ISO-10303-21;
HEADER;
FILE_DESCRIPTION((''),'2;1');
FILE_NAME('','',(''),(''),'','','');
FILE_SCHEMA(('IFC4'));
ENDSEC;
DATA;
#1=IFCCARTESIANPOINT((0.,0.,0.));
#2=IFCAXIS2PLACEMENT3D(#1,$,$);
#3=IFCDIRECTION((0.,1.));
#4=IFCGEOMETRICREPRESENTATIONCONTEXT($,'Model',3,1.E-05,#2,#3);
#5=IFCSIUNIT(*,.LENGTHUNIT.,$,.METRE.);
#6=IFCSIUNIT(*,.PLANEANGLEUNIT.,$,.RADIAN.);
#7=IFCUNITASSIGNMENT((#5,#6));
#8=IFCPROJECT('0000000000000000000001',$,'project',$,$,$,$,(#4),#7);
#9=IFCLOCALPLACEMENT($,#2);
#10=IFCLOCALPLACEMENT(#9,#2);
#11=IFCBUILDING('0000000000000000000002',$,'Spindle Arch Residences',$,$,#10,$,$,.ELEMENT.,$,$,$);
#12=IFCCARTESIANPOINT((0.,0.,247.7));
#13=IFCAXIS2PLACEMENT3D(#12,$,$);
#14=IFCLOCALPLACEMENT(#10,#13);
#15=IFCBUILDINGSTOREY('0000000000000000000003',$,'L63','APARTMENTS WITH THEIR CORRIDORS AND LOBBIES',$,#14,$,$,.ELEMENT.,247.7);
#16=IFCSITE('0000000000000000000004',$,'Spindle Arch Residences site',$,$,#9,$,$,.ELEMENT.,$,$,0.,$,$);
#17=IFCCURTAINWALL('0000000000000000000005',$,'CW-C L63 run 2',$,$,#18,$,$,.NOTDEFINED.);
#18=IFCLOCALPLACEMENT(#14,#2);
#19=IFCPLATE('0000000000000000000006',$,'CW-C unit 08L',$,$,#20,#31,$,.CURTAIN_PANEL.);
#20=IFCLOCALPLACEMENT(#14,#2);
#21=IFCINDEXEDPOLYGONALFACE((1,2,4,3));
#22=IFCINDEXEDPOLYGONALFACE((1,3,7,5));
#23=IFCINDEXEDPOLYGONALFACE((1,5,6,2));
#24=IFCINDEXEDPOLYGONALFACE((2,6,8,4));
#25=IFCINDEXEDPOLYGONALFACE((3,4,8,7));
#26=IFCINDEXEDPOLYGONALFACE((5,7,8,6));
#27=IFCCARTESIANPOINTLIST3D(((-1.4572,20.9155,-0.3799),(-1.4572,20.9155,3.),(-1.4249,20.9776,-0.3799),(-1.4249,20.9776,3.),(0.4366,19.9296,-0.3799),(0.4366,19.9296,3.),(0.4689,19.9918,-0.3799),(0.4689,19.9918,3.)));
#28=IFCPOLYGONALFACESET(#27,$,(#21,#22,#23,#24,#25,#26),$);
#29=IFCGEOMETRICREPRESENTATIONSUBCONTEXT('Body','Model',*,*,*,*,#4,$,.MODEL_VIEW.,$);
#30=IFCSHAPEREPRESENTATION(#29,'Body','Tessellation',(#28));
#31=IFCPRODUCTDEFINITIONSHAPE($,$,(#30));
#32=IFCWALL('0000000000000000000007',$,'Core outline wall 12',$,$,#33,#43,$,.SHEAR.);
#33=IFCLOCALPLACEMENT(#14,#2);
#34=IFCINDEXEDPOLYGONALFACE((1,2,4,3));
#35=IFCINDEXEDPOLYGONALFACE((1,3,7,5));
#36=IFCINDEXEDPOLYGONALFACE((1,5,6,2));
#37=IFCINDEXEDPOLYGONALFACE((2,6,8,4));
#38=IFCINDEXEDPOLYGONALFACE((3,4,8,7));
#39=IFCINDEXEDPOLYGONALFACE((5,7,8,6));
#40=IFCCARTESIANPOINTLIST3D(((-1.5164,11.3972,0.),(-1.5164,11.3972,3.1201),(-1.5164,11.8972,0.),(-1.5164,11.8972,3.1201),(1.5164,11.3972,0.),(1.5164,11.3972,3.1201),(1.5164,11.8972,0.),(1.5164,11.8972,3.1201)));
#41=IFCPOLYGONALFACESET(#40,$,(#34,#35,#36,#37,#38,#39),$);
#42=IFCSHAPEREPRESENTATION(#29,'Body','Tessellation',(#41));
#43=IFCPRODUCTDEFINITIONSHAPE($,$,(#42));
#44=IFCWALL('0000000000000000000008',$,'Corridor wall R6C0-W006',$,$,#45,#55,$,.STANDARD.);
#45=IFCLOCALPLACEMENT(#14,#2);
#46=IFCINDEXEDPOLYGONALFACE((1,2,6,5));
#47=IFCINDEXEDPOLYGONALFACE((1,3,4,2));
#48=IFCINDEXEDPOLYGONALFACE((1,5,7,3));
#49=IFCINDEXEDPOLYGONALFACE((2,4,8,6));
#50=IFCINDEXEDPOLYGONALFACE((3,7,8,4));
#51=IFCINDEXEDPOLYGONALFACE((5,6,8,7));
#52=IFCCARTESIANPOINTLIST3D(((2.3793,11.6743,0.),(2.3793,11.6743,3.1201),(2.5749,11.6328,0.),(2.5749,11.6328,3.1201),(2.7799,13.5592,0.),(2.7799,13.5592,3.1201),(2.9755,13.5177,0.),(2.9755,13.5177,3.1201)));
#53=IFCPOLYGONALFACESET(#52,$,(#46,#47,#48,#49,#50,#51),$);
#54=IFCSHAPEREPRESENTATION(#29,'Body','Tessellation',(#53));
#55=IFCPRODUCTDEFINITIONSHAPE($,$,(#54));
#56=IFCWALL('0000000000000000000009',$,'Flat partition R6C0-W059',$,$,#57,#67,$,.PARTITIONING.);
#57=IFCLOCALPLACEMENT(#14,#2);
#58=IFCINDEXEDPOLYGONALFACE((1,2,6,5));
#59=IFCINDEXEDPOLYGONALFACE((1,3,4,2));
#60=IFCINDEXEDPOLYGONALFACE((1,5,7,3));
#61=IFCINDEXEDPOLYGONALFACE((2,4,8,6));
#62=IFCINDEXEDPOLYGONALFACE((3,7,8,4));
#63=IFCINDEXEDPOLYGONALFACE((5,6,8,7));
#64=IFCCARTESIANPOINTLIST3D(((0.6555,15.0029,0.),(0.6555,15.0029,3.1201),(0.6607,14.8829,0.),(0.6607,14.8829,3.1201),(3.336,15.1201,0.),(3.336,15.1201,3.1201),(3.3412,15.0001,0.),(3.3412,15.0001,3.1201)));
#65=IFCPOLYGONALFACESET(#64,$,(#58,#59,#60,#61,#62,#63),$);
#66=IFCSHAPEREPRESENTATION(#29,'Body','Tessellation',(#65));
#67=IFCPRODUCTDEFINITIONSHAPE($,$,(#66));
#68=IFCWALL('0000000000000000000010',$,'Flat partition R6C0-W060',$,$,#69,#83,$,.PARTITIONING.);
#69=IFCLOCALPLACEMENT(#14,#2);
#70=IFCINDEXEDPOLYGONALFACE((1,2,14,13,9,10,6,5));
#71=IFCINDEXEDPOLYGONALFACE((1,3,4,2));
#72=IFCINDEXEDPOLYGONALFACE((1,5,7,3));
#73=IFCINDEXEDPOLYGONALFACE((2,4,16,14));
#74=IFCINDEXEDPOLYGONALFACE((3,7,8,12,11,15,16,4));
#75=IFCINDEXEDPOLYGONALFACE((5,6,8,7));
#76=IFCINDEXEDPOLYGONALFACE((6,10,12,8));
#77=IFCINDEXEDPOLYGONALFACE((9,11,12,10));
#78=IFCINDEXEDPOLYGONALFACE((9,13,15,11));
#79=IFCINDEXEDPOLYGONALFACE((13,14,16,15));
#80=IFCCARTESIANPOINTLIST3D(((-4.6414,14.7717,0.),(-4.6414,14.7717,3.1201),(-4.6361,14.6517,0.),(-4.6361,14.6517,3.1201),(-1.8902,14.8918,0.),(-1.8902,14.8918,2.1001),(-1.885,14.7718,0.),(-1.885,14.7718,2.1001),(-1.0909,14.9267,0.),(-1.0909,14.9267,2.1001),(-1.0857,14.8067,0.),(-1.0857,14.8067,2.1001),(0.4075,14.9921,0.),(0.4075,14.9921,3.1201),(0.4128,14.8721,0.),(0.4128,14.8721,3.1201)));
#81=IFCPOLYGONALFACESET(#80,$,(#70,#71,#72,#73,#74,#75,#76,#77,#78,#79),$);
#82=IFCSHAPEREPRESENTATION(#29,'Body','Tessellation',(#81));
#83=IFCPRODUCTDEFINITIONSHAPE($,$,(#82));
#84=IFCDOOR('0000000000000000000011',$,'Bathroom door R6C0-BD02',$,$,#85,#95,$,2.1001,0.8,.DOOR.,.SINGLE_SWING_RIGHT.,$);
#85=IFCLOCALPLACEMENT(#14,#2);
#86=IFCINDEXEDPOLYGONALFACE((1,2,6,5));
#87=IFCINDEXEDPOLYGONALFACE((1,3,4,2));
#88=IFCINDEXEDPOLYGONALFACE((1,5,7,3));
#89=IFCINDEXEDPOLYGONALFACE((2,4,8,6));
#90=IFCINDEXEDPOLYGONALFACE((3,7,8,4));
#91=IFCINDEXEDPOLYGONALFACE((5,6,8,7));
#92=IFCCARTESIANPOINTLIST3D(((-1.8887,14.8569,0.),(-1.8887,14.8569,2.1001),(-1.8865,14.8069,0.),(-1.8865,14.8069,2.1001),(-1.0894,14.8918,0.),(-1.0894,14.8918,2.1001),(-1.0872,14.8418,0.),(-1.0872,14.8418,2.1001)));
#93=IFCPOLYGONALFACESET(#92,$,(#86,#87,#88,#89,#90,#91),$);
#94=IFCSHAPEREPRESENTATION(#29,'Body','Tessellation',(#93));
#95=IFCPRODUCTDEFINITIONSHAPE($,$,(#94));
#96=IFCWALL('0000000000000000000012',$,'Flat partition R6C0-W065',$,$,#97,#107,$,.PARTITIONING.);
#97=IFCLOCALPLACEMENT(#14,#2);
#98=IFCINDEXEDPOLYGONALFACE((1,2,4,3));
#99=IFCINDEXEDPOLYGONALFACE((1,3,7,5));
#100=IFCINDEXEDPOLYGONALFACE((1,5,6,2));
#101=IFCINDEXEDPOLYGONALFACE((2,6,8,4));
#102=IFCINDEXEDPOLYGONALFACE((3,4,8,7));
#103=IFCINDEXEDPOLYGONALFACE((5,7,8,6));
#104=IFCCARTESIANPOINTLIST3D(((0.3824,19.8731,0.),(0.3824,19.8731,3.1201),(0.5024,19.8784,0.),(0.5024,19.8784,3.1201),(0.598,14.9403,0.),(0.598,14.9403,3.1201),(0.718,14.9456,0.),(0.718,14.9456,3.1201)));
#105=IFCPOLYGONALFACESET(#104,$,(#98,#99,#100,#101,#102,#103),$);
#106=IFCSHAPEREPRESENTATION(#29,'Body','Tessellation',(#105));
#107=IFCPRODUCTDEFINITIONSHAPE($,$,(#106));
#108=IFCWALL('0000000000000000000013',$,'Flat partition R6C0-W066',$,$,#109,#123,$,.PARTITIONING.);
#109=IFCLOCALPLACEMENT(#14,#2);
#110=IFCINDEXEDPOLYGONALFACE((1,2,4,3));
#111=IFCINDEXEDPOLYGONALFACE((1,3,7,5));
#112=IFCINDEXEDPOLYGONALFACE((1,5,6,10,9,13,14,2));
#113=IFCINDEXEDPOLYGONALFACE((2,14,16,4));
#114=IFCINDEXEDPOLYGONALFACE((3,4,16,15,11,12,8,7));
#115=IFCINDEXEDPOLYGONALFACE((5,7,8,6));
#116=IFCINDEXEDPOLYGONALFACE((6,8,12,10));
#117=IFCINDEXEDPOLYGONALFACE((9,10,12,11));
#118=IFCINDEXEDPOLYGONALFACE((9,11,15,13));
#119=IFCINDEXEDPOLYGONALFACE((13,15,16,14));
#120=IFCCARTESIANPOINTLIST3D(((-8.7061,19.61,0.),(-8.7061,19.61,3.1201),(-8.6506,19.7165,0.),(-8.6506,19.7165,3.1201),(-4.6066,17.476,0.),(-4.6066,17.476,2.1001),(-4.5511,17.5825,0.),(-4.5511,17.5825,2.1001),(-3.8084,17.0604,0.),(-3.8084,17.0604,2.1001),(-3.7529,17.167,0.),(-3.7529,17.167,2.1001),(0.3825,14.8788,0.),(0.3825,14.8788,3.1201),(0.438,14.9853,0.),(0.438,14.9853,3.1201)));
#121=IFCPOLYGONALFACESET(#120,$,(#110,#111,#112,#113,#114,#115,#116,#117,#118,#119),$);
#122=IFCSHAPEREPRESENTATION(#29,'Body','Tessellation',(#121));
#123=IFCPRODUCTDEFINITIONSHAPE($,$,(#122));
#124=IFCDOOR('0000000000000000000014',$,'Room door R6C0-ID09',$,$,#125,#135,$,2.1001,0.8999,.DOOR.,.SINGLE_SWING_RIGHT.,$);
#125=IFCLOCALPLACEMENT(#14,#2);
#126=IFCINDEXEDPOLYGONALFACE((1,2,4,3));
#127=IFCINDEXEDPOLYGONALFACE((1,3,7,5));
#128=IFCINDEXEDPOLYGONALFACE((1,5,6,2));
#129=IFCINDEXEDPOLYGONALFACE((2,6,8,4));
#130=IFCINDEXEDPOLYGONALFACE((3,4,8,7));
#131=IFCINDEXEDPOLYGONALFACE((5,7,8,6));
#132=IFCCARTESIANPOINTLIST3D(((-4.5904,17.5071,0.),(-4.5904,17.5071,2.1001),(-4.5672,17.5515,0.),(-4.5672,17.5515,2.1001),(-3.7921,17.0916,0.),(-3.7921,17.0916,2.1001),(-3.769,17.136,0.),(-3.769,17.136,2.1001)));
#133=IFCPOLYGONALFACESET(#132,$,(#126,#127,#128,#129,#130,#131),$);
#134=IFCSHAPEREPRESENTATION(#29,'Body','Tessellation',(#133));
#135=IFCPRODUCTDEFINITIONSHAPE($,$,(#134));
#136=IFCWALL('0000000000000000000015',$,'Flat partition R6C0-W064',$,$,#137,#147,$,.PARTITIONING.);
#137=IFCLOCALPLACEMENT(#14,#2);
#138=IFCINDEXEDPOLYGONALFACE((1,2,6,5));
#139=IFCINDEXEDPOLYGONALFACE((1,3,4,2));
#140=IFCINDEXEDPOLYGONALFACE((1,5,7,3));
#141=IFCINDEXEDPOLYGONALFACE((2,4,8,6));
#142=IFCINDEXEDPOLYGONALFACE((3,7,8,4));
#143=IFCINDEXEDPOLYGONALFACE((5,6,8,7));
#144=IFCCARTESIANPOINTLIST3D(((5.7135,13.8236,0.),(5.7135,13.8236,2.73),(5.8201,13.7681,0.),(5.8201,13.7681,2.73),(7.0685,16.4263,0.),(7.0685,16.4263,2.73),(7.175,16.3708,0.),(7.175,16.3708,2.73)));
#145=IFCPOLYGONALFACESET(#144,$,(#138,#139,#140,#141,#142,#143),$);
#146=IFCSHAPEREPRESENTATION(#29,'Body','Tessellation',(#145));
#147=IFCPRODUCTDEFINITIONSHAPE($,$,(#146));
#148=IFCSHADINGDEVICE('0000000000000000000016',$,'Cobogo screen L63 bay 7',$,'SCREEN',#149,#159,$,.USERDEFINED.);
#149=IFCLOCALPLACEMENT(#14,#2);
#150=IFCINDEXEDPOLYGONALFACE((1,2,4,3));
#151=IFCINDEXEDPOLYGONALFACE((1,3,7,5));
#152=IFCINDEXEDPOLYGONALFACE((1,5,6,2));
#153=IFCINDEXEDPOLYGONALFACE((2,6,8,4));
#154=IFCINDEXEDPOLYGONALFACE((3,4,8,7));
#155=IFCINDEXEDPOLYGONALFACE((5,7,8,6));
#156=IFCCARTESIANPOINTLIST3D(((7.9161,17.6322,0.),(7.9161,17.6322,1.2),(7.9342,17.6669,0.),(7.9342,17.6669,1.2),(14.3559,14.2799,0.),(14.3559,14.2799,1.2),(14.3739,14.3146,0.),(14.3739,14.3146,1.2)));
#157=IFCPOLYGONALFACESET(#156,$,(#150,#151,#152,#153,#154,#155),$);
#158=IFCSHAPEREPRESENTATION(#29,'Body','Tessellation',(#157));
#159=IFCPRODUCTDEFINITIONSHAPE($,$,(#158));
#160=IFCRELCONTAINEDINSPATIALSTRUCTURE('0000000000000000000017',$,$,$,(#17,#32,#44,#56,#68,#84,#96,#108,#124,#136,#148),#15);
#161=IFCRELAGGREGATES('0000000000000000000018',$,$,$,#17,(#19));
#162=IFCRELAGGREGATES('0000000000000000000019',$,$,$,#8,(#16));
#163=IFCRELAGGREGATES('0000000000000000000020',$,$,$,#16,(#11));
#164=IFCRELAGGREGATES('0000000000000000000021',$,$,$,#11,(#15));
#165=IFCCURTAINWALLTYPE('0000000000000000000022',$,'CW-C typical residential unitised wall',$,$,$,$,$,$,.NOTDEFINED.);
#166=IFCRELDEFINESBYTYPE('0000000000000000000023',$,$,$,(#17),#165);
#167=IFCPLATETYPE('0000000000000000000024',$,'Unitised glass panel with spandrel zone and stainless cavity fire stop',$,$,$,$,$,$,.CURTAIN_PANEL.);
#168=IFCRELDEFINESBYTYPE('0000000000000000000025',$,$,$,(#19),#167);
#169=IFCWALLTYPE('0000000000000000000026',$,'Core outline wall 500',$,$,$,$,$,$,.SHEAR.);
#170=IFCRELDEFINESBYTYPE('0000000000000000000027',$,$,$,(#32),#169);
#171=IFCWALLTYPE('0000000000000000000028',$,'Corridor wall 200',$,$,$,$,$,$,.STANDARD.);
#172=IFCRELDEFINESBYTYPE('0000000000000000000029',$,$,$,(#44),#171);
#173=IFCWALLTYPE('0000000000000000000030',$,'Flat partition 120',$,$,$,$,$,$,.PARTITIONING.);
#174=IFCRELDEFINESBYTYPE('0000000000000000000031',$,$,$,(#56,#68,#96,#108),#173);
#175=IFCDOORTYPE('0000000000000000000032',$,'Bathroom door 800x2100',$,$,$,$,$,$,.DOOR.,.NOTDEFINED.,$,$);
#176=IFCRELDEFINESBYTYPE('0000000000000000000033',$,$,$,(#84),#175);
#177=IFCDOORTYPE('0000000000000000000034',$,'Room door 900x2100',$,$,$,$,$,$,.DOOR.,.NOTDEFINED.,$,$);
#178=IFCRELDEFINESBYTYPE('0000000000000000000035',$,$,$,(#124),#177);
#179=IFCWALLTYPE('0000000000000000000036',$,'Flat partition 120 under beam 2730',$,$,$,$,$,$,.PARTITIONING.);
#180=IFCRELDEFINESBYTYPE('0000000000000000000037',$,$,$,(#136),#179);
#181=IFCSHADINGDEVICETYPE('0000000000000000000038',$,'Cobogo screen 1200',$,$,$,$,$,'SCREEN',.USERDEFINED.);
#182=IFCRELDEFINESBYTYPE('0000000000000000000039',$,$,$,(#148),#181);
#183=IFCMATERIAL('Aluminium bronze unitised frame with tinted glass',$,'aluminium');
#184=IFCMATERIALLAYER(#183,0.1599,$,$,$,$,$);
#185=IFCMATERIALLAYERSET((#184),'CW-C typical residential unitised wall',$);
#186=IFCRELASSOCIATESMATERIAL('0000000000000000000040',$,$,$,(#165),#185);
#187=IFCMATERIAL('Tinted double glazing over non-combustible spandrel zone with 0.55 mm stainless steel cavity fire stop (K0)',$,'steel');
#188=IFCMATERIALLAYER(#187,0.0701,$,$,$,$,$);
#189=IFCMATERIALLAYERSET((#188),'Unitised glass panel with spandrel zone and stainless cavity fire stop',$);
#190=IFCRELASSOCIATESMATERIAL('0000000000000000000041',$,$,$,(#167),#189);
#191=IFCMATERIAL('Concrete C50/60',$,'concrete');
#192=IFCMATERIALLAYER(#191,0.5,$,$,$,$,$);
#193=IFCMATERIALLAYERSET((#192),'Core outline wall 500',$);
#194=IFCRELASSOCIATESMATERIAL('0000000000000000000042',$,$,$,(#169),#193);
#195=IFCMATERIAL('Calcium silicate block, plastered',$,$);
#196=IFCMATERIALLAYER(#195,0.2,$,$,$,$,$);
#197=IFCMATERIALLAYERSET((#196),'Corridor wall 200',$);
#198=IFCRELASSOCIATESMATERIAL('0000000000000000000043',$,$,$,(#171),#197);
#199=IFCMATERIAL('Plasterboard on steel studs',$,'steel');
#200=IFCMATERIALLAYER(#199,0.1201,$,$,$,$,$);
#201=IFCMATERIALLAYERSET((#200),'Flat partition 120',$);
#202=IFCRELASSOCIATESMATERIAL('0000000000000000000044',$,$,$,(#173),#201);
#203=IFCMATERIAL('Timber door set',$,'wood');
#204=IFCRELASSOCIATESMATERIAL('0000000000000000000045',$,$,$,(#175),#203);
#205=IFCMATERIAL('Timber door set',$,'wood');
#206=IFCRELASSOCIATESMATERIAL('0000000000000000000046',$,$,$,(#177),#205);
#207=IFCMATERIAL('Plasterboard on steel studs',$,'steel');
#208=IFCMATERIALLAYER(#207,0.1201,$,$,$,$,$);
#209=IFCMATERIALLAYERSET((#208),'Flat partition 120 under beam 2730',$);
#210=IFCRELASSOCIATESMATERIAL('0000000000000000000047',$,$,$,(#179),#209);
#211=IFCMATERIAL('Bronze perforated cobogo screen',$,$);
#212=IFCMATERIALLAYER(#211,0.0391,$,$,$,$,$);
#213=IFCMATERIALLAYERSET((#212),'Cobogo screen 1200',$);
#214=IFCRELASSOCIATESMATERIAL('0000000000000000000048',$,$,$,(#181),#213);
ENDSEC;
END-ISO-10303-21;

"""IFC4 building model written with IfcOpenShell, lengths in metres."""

from ifc_helpers import new_model, si_unit, direction, frame, frame_2d, origin, origin_2d, place, context, subcontext, project, spatial, rectangle, extrude, material, layer, layer_set, type_object, element, fill, aggregate, save


model = new_model("IFC4")

# Units and contexts
model_context = context("Model", 3, precision=1e-05, world=origin(), true_north=direction((0.0, 1.0)))
body_context = subcontext(model_context, "Body", "Model", "MODEL_VIEW")
ifc_project = project(units=[si_unit("LENGTHUNIT", "METRE"), si_unit("PLANEANGLEUNIT", "RADIAN")], contexts=[model_context])

# Site, building, storey
site_placement = place(None, origin())
site = spatial("IfcSite", under=ifc_project, at=site_placement, Name="Spindle Arch Residences site", CompositionType="ELEMENT", RefElevation=0.0)
building_placement = place(site_placement, origin())
building = spatial("IfcBuilding", under=site, at=building_placement, Name="Spindle Arch Residences", CompositionType="ELEMENT")
storey_placement = place(building_placement, frame((0.0, 0.0, 247.7)))
storey = spatial("IfcBuildingStorey", under=building, at=storey_placement, Name="L63", Description="APARTMENTS WITH THEIR CORRIDORS AND LOBBIES", CompositionType="ELEMENT", Elevation=247.7)

# Curtain wall
ifc_material_1 = material(Name="Aluminium bronze unitised frame with tinted glass", Category="aluminium")
ifc_layer_1 = layer(ifc_material_1, 0.1599)
ifc_layer_set_1 = layer_set([ifc_layer_1], Name="CW-C typical residential unitised wall")
curtain_wall_type = type_object("IfcCurtainWallType", Name="CW-C typical residential unitised wall", PredefinedType="NOTDEFINED", material=ifc_layer_set_1)
curtain_wall_placement = place(storey_placement, origin())
curtain_wall = element("IfcCurtainWall", 1, at=curtain_wall_placement, inside=storey, type_object=curtain_wall_type, Name="CW-C L63 run 2", PredefinedType="NOTDEFINED")

# Plate
ifc_material_2 = material(Name="Tinted double glazing over non-combustible spandrel zone with 0.55 mm stainless steel cavity fire stop (K0)", Category="steel")
ifc_layer_2 = layer(ifc_material_2, 0.0701)
ifc_layer_set_2 = layer_set([ifc_layer_2], Name="Unitised glass panel with spandrel zone and stainless cavity fire stop")
plate_type = type_object("IfcPlateType", Name="Unitised glass panel with spandrel zone and stainless cavity fire stop", PredefinedType="CURTAIN_PANEL", material=ifc_layer_set_2)
plate_1_placement = place(storey_placement, frame((-0.4941, 20.4536, -0.3799), z_axis=(0.0, 0.0, 1.0), x_axis=(-0.887011, 0.461749, 0.0)))
plate_1 = element("IfcPlate", 2, at=plate_1_placement, type_object=plate_type, Name="CW-C unit 08L", PredefinedType="CURTAIN_PANEL", context=body_context, shape_type="SweptSolid", body=[
    extrude(rectangle(XDim=2.135, YDim=0.0701, at=origin_2d()), origin(), (0.0, 0.0, 1.0), 3.3799),
])
aggregate(curtain_wall, [plate_1])

# Walls
ifc_material_3 = material(Name="Concrete C50/60", Category="concrete")
ifc_layer_3 = layer(ifc_material_3, 0.5)
ifc_layer_set_3 = layer_set([ifc_layer_3], Name="Core outline wall 500")
wall_type_1 = type_object("IfcWallType", Name="Core outline wall 500", PredefinedType="SHEAR", material=ifc_layer_set_3)
wall_1_placement = place(storey_placement, frame((1.5164, 11.6472, 0.0), z_axis=(0.0, 0.0, 1.0), x_axis=(-1.0, 0.0, 0.0)))
element("IfcWall", 3, at=wall_1_placement, inside=storey, type_object=wall_type_1, Name="Core outline wall 12", PredefinedType="SHEAR", context=body_context, shape_type="SweptSolid", body=[
    extrude(rectangle(XDim=3.0327, YDim=0.5, at=frame_2d((1.5164, 0.0))), origin(), (0.0, 0.0, 1.0), 3.1201),
])
ifc_material_4 = material(Name="Calcium silicate block, plastered")
ifc_layer_4 = layer(ifc_material_4, 0.2)
ifc_layer_set_4 = layer_set([ifc_layer_4], Name="Corridor wall 200")
wall_type_2 = type_object("IfcWallType", Name="Corridor wall 200", PredefinedType="STANDARD", material=ifc_layer_set_4)
wall_2_placement = place(storey_placement, frame((2.8777, 13.5383, 0.0), z_axis=(0.0, 0.0, 1.0), x_axis=(-0.207894, -0.978151, 0.0)))
element("IfcWall", 4, at=wall_2_placement, inside=storey, type_object=wall_type_2, Name="Corridor wall R6C0-W006", PredefinedType="STANDARD", context=body_context, shape_type="SweptSolid", body=[
    extrude(rectangle(XDim=1.927, YDim=0.2, at=frame_2d((0.9634, 0.0))), origin(), (0.0, 0.0, 1.0), 3.1201),
])
ifc_material_5 = material(Name="Plasterboard on steel studs", Category="steel")
ifc_layer_5 = layer(ifc_material_5, 0.1201)
ifc_layer_set_5 = layer_set([ifc_layer_5], Name="Flat partition 120")
wall_type_3 = type_object("IfcWallType", Name="Flat partition 120", PredefinedType="PARTITIONING", material=ifc_layer_set_5)
wall_3_placement = place(storey_placement, frame((3.3386, 15.0601, 0.0), z_axis=(0.0, 0.0, 1.0), x_axis=(-0.999046, -0.043674, 0.0)))
element("IfcWall", 5, at=wall_3_placement, inside=storey, type_object=wall_type_3, Name="Flat partition R6C0-W059", PredefinedType="PARTITIONING", context=body_context, shape_type="SweptSolid", body=[
    extrude(rectangle(XDim=2.6831, YDim=0.1201, at=frame_2d((1.3416, 0.0))), origin(), (0.0, 0.0, 1.0), 3.1201),
])

# Wall, opening, door
wall_4_placement = place(storey_placement, frame((0.4102, 14.9321, 0.0), z_axis=(0.0, 0.0, 1.0), x_axis=(-0.999048, -0.043624, 0.0)))
wall_4 = element("IfcWall", 6, at=wall_4_placement, inside=storey, type_object=wall_type_3, Name="Flat partition R6C0-W060", PredefinedType="PARTITIONING", context=body_context, shape_type="SweptSolid", body=[
    extrude(rectangle(XDim=5.0537, YDim=0.1201, at=frame_2d((2.5269, 0.0))), origin(), (0.0, 0.0, 1.0), 3.1201),
])
opening_1_placement = place(wall_4_placement, frame((1.5, 0.0, 0.0)))
opening_1 = element("IfcOpeningElement", 7, at=opening_1_placement, cuts=wall_4, PredefinedType="OPENING", context=body_context, shape_type="SweptSolid", body=[
    extrude(rectangle(XDim=0.8, YDim=2.1001, at=frame_2d((0.3999, 1.05))), frame((0.0, 0.0701, 0.0), z_axis=(0.0, -1.0, 0.0), x_axis=(1.0, 0.0, 0.0)), (0.0, 0.0, 1.0), 0.1401),
])
ifc_material_6 = material(Name="Timber door set", Category="wood")
door_type_1 = type_object("IfcDoorType", Name="Bathroom door 800x2100", OperationType="NOTDEFINED", PredefinedType="DOOR", material=ifc_material_6)
door_1_placement = place(opening_1_placement, origin())
door_1 = element("IfcDoor", 8, at=door_1_placement, inside=storey, type_object=door_type_1, Name="Bathroom door R6C0-BD02", OperationType="SINGLE_SWING_RIGHT", OverallHeight=2.1001, OverallWidth=0.8, PredefinedType="DOOR", context=body_context, shape_type="SweptSolid", body=[
    extrude(rectangle(XDim=0.8, YDim=2.1001, at=frame_2d((0.3999, 1.05))), frame((0.0, 0.0249, 0.0), z_axis=(0.0, -1.0, 0.0), x_axis=(1.0, 0.0, 0.0)), (0.0, 0.0, 1.0), 0.05),
])
fill(opening_1, door_1)

# Wall
wall_5_placement = place(storey_placement, frame((0.4424, 19.8757, 0.0), z_axis=(0.0, 0.0, 1.0), x_axis=(0.04366, -0.999046, 0.0)))
element("IfcWall", 9, at=wall_5_placement, inside=storey, type_object=wall_type_3, Name="Flat partition R6C0-W065", PredefinedType="PARTITIONING", context=body_context, shape_type="SweptSolid", body=[
    extrude(rectangle(XDim=4.9375, YDim=0.1201, at=frame_2d((2.4688, 0.0))), origin(), (0.0, 0.0, 1.0), 3.1201),
])

# Wall, opening, door
wall_6_placement = place(storey_placement, frame((0.4102, 14.9321, 0.0), z_axis=(0.0, 0.0, 1.0), x_axis=(-0.887012, 0.461746, 0.0)))
wall_6 = element("IfcWall", 10, at=wall_6_placement, inside=storey, type_object=wall_type_3, Name="Flat partition R6C0-W066", PredefinedType="PARTITIONING", context=body_context, shape_type="SweptSolid", body=[
    extrude(rectangle(XDim=10.2463, YDim=0.1201, at=frame_2d((5.123, 0.0))), origin(), (0.0, 0.0, 1.0), 3.1201),
])
opening_2_placement = place(wall_6_placement, frame((4.7246, 0.0, 0.0)))
opening_2 = element("IfcOpeningElement", 11, at=opening_2_placement, cuts=wall_6, PredefinedType="OPENING", context=body_context, shape_type="SweptSolid", body=[
    extrude(rectangle(XDim=0.8999, YDim=2.1001, at=frame_2d((0.45, 1.05))), frame((0.0, 0.0701, 0.0), z_axis=(0.0, -1.0, 0.0), x_axis=(1.0, 0.0, 0.0)), (0.0, 0.0, 1.0), 0.1401),
])
ifc_material_7 = material(Name="Timber door set", Category="wood")
door_type_2 = type_object("IfcDoorType", Name="Room door 900x2100", OperationType="NOTDEFINED", PredefinedType="DOOR", material=ifc_material_7)
door_2_placement = place(opening_2_placement, origin())
door_2 = element("IfcDoor", 12, at=door_2_placement, inside=storey, type_object=door_type_2, Name="Room door R6C0-ID09", OperationType="SINGLE_SWING_RIGHT", OverallHeight=2.1001, OverallWidth=0.8999, PredefinedType="DOOR", context=body_context, shape_type="SweptSolid", body=[
    extrude(rectangle(XDim=0.8999, YDim=2.1001, at=frame_2d((0.45, 1.05))), frame((0.0, 0.0249, 0.0), z_axis=(0.0, -1.0, 0.0), x_axis=(1.0, 0.0, 0.0)), (0.0, 0.0, 1.0), 0.05),
])
fill(opening_2, door_2)

# Wall
ifc_material_8 = material(Name="Plasterboard on steel studs", Category="steel")
ifc_layer_6 = layer(ifc_material_8, 0.1201)
ifc_layer_set_6 = layer_set([ifc_layer_6], Name="Flat partition 120 under beam 2730")
wall_type_4 = type_object("IfcWallType", Name="Flat partition 120 under beam 2730", PredefinedType="PARTITIONING", material=ifc_layer_set_6)
wall_7_placement = place(storey_placement, frame((7.1218, 16.3987, 0.0), z_axis=(0.0, 0.0, 1.0), x_axis=(-0.461764, -0.887003, 0.0)))
element("IfcWall", 13, at=wall_7_placement, inside=storey, type_object=wall_type_4, Name="Flat partition R6C0-W064", PredefinedType="PARTITIONING", context=body_context, shape_type="SweptSolid", body=[
    extrude(rectangle(XDim=2.9343, YDim=0.1201, at=frame_2d((1.4673, 0.0))), origin(), (0.0, 0.0, 1.0), 2.73),
])

# Shading device
ifc_material_9 = material(Name="Bronze perforated cobogo screen")
ifc_layer_7 = layer(ifc_material_9, 0.0391)
ifc_layer_set_7 = layer_set([ifc_layer_7], Name="Cobogo screen 1200")
shading_device_type = type_object("IfcShadingDeviceType", Name="Cobogo screen 1200", ElementType="SCREEN", PredefinedType="USERDEFINED", material=ifc_layer_set_7)
shading_device_placement = place(storey_placement, frame((11.145, 15.9734, 0.0), z_axis=(0.0, 0.0, 1.0), x_axis=(-0.887011, 0.461749, 0.0)))
element("IfcShadingDevice", 14, at=shading_device_placement, inside=storey, type_object=shading_device_type, Name="Cobogo screen L63 bay 7", ObjectType="SCREEN", PredefinedType="USERDEFINED", context=body_context, shape_type="SweptSolid", body=[
    extrude(rectangle(XDim=7.26, YDim=0.0391, at=origin_2d()), origin(), (0.0, 0.0, 1.0), 1.2),
])

save(model, "model.ifc")
